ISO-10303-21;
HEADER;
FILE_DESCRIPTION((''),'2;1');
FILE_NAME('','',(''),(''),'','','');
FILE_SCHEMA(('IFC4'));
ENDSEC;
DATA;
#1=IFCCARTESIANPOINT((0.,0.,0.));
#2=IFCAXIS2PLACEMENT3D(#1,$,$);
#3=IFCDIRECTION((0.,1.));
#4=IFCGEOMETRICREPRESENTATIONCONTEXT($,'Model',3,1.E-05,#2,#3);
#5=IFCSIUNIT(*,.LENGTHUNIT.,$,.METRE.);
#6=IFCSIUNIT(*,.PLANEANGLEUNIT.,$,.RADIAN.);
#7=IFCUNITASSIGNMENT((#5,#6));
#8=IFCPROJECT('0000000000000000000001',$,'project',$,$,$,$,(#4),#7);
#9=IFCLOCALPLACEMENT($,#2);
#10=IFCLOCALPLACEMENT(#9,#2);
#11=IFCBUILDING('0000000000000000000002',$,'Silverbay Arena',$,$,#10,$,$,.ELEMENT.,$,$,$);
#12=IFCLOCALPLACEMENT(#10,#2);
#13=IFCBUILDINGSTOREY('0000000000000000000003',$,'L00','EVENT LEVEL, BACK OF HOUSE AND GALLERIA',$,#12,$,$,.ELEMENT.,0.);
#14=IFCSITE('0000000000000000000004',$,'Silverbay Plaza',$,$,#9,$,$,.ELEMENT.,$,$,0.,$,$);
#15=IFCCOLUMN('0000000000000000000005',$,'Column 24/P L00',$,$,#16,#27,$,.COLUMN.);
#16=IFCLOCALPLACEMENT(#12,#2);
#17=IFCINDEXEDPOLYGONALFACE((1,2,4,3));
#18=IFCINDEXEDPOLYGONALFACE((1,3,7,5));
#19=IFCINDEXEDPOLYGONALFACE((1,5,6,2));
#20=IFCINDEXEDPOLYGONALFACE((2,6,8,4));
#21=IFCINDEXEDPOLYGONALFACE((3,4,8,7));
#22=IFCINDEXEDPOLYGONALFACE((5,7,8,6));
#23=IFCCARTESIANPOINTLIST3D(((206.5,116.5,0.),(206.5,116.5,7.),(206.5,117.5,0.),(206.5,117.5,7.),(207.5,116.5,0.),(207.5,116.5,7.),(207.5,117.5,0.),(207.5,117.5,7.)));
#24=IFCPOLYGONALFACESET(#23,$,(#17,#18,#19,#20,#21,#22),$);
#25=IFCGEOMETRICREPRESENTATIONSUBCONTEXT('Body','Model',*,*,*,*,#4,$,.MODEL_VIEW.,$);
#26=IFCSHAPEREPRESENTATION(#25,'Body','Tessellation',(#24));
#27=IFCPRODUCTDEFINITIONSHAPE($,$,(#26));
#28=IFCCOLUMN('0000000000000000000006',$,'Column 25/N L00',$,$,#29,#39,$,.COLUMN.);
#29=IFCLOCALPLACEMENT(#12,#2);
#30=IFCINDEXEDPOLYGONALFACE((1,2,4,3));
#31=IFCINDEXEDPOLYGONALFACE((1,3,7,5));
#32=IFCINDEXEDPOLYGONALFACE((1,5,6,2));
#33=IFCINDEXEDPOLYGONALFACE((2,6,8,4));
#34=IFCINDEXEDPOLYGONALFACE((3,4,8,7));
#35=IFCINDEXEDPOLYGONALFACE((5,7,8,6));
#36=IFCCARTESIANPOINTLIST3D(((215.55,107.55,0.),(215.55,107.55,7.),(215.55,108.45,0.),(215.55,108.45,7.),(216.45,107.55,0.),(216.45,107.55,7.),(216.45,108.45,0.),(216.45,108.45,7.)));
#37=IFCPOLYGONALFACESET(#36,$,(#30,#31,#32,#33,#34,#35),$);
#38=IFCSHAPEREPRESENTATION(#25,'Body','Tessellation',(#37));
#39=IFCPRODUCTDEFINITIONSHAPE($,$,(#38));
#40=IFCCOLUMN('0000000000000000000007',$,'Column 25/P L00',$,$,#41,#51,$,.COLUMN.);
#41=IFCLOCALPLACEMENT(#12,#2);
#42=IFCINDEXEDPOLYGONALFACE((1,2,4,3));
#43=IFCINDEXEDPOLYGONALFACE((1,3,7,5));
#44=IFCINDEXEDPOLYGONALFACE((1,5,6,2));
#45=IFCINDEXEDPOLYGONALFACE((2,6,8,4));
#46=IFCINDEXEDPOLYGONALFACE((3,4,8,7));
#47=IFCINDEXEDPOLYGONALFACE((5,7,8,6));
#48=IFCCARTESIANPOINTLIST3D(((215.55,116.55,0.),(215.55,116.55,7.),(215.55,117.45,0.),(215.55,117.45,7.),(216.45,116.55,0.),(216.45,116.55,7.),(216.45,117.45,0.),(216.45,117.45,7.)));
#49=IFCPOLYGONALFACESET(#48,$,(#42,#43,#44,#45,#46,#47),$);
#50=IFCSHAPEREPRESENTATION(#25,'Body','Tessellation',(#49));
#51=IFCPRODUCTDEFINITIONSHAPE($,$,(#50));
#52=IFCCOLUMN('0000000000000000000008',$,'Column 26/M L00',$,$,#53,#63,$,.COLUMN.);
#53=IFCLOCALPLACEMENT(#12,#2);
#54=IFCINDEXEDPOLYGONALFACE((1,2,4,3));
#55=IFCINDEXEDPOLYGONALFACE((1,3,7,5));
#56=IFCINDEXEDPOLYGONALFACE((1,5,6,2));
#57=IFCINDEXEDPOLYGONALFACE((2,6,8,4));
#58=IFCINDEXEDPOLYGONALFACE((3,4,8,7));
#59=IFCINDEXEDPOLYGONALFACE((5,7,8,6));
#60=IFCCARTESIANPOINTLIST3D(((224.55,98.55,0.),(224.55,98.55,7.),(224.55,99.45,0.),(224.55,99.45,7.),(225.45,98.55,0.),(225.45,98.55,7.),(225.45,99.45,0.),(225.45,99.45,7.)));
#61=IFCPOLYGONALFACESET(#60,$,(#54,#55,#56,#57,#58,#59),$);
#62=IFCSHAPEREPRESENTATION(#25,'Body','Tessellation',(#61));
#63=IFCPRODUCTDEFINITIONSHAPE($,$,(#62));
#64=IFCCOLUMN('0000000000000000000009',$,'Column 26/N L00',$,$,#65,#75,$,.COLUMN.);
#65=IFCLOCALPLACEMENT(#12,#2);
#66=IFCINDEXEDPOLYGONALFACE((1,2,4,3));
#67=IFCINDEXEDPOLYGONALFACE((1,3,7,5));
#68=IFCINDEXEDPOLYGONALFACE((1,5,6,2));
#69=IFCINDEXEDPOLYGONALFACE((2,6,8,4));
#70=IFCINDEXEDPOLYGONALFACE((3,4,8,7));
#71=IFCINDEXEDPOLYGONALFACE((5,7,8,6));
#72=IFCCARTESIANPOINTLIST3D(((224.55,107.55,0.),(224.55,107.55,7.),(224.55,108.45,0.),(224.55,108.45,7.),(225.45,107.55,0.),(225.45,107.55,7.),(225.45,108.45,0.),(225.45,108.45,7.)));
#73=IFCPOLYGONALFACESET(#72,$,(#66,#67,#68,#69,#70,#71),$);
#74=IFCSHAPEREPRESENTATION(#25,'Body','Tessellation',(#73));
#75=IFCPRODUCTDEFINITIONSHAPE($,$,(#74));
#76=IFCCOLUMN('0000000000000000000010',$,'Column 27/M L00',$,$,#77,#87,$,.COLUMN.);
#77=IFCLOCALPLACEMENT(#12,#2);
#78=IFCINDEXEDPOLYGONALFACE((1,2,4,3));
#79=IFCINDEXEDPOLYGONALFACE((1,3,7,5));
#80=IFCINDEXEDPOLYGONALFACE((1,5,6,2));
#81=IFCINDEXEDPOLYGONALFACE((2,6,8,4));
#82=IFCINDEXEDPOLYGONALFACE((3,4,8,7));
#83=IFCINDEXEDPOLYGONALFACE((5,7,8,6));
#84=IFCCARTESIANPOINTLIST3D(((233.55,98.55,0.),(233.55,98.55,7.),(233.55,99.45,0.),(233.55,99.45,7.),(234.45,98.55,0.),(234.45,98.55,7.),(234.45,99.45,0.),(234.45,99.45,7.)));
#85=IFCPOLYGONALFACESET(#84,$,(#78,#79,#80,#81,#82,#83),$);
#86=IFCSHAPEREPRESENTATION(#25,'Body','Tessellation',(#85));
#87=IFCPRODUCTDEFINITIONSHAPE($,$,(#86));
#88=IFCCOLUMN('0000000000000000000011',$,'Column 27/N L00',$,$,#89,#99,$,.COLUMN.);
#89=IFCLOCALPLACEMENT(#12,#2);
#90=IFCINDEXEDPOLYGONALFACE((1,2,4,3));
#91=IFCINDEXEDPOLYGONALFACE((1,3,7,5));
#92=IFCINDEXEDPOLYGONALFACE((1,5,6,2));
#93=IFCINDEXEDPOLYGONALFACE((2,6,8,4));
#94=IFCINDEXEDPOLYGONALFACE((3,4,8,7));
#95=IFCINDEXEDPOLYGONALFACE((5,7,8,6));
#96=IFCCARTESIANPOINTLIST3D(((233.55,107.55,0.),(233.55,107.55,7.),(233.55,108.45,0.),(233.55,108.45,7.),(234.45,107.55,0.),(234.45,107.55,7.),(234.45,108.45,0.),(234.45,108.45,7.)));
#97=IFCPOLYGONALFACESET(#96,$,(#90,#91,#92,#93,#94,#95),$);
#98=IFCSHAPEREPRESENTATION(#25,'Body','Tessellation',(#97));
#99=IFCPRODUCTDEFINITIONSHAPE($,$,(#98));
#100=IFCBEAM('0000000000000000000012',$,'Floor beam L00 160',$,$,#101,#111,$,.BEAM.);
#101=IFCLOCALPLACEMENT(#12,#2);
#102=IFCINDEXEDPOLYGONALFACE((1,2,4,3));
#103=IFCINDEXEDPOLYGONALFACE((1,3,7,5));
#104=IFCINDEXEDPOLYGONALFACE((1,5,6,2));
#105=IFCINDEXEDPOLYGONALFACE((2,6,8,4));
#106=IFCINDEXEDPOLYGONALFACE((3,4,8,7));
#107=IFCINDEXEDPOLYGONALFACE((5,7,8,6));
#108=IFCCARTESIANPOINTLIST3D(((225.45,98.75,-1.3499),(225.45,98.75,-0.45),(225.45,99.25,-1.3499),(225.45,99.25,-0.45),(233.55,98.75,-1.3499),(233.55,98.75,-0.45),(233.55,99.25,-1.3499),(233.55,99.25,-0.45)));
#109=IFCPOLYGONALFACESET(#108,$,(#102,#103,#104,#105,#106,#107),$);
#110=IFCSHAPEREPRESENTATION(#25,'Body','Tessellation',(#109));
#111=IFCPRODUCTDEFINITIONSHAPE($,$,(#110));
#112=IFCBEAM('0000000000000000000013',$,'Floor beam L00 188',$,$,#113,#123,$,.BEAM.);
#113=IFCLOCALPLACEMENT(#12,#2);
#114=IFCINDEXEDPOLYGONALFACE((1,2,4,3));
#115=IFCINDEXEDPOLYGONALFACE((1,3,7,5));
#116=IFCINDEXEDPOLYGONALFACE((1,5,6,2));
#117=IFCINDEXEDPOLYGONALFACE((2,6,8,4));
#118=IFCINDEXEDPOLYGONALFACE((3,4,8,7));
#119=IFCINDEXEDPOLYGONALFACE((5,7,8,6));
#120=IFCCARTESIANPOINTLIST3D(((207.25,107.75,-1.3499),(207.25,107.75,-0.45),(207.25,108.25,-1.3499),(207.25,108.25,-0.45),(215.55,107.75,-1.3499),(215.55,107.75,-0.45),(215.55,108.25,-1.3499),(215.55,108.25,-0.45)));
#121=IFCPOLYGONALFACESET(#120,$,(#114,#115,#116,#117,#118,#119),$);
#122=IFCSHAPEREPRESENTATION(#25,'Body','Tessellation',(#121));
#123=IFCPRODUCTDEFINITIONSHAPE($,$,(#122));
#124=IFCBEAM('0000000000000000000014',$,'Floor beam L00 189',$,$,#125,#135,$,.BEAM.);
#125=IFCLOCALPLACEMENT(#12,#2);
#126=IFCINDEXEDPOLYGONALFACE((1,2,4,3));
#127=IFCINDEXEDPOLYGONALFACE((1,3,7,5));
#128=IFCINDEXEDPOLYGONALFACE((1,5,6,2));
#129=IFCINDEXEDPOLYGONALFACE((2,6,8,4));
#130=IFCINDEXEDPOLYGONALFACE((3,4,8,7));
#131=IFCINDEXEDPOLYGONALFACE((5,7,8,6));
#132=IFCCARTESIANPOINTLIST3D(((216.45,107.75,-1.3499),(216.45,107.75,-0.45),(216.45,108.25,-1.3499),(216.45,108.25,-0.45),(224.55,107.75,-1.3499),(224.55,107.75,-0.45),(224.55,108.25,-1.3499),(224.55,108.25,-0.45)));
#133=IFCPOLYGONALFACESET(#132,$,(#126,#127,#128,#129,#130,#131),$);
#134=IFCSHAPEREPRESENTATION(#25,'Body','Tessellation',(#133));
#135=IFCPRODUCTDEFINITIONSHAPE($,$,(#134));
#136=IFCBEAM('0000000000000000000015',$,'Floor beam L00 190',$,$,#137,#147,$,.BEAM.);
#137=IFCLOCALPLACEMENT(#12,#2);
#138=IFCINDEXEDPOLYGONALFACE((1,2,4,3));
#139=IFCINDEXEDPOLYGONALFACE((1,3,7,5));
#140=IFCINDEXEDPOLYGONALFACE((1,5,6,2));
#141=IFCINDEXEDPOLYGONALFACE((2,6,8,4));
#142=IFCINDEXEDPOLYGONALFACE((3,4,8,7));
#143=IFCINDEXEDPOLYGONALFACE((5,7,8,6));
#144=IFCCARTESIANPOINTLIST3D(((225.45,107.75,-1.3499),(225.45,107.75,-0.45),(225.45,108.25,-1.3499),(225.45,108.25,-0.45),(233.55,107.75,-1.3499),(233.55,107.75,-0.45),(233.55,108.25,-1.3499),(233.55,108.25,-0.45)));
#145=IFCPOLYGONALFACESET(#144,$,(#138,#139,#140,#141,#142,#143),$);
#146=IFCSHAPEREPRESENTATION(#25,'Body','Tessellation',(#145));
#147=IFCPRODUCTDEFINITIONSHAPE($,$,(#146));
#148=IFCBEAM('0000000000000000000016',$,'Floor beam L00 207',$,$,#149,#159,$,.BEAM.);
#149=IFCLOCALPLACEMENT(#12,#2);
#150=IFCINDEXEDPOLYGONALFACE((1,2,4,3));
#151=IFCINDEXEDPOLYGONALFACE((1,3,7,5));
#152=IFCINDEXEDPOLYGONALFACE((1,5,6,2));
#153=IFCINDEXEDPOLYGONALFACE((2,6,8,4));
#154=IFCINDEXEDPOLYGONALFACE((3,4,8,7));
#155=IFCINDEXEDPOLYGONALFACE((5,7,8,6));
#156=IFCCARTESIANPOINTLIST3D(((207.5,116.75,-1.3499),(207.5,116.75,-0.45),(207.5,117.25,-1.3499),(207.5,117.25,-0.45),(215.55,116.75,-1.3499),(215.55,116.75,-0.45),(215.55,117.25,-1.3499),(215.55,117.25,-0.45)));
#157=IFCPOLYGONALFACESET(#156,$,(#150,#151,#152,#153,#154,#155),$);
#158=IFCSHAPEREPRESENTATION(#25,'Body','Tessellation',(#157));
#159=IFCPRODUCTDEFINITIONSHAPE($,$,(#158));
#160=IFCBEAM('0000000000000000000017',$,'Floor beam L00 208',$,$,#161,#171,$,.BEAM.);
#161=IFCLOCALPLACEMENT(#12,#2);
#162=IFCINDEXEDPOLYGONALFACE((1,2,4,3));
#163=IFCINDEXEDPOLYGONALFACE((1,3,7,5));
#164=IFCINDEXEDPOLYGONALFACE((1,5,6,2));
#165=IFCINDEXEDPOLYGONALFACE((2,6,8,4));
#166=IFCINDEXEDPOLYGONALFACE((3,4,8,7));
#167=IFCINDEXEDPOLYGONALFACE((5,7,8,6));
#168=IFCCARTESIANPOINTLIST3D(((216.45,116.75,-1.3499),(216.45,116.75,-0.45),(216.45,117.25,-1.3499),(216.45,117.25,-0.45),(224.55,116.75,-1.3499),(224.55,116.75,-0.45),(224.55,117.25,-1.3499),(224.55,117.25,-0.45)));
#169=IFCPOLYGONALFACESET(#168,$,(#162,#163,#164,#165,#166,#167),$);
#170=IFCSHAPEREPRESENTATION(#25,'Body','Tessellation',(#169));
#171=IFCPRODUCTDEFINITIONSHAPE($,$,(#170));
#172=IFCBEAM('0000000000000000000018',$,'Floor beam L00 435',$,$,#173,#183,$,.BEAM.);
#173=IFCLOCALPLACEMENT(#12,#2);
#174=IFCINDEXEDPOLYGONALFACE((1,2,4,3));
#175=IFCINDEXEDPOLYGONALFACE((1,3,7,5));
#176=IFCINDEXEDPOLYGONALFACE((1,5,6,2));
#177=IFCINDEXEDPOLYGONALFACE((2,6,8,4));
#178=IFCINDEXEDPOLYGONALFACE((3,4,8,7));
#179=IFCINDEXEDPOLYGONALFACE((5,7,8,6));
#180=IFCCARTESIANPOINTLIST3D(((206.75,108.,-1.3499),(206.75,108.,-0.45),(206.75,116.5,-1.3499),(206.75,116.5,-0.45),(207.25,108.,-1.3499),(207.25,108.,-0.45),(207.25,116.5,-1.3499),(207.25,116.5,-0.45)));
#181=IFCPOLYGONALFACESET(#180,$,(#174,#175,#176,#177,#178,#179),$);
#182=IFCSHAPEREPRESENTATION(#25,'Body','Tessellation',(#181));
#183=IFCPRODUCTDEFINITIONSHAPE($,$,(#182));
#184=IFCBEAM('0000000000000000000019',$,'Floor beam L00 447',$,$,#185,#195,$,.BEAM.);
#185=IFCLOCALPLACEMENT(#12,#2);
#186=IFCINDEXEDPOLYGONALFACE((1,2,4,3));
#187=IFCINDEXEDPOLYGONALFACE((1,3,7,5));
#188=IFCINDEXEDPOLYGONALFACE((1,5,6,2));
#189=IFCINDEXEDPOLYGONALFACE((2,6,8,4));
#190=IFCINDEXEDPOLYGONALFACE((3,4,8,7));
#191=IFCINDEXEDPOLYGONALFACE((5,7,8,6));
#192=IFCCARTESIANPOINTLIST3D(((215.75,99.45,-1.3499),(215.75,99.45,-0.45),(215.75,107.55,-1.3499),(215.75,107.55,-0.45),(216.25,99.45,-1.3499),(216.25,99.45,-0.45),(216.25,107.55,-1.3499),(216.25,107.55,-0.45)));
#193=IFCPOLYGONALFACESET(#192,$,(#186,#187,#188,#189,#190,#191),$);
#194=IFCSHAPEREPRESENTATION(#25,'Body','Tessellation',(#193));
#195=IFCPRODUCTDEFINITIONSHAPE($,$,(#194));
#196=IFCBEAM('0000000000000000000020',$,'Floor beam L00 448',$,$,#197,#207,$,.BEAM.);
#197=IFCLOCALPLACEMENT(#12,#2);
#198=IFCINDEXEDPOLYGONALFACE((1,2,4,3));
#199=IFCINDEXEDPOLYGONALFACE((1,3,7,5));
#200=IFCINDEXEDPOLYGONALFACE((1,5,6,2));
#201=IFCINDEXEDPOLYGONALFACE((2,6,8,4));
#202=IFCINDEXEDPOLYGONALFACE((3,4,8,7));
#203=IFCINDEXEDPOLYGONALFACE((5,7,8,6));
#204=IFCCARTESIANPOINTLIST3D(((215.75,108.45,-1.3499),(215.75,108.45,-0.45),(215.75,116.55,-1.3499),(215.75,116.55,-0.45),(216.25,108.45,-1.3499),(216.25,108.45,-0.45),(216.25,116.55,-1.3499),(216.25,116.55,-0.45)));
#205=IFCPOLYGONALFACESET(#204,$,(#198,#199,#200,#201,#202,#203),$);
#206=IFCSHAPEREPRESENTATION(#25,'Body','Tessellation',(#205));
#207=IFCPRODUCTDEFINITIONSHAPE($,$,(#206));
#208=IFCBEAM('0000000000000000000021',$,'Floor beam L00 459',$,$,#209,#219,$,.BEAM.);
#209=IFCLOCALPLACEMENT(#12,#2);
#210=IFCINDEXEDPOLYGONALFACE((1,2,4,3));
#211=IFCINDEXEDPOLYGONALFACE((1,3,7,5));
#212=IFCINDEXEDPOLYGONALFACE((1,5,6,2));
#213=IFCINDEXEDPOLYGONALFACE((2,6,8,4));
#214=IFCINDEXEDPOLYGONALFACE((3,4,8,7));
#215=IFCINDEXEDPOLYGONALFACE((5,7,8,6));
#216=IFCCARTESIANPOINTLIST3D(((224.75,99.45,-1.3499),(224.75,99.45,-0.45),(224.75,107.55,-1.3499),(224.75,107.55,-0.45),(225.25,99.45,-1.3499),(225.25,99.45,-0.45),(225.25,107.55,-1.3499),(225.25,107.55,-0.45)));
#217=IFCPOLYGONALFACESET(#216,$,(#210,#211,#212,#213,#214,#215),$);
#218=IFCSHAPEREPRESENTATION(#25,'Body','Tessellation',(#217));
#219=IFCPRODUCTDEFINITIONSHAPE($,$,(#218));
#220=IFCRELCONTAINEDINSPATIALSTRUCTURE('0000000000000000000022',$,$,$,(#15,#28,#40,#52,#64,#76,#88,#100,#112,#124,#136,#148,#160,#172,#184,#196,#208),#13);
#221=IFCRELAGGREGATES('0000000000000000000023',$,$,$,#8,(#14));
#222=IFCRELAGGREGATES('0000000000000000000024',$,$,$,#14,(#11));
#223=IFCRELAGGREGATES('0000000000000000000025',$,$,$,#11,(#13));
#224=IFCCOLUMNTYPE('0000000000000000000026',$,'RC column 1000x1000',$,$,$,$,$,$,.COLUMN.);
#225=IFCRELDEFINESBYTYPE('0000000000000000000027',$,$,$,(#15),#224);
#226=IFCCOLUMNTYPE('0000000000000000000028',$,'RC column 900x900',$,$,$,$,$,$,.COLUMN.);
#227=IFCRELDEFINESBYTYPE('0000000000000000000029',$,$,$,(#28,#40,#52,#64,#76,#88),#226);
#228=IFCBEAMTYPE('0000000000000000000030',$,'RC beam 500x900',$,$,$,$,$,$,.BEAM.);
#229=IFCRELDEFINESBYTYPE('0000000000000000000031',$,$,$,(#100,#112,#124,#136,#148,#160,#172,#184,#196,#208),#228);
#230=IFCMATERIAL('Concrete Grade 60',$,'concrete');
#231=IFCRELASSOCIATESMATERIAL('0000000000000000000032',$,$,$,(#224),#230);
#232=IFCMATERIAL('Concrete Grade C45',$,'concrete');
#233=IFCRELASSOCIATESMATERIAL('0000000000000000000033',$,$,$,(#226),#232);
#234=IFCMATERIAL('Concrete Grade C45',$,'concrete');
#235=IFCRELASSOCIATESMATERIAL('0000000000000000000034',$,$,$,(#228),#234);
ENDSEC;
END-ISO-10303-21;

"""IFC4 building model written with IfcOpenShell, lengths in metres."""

from ifc_helpers import new_model, si_unit, direction, frame, origin, origin_2d, place, context, subcontext, project, spatial, rectangle, extrude, material, material_profile, profile_set, type_object, element, save


model = new_model("IFC4")

# Units and contexts
model_context = context("Model", 3, precision=1e-05, world=origin(), true_north=direction((0.0, 1.0)))
body_context = subcontext(model_context, "Body", "Model", "MODEL_VIEW")
ifc_project = project(units=[si_unit("LENGTHUNIT", "METRE"), si_unit("PLANEANGLEUNIT", "RADIAN")], contexts=[model_context])

# Site, building, storey
site_placement = place(None, origin())
site = spatial("IfcSite", under=ifc_project, at=site_placement, Name="Silverbay Plaza", CompositionType="ELEMENT", RefElevation=0.0)
building_placement = place(site_placement, origin())
building = spatial("IfcBuilding", under=site, at=building_placement, Name="Silverbay Arena", CompositionType="ELEMENT")
storey_placement = place(building_placement, origin())
storey = spatial("IfcBuildingStorey", under=building, at=storey_placement, Name="L00", Description="EVENT LEVEL, BACK OF HOUSE AND GALLERIA", CompositionType="ELEMENT", Elevation=0.0)

# Columns
ifc_material_1 = material(Name="Concrete Grade 60", Category="concrete")
ifc_material_profile_1 = material_profile(ifc_material_1, rectangle(XDim=1.0, YDim=1.0, at=origin_2d()), Name="RC 1000x1000")
ifc_profile_set_1 = profile_set([ifc_material_profile_1], Name="Concrete Grade 60")
column_type_1 = type_object("IfcColumnType", Name="RC column 1000x1000", PredefinedType="COLUMN", material=ifc_profile_set_1)
column_placement = place(storey_placement, frame((207.0, 117.0, 0.0), z_axis=(0.0, 0.0, 1.0), x_axis=(1.0, 0.0, 0.0)))
element("IfcColumn", 1, at=column_placement, inside=storey, type_object=column_type_1, Name="Column 24/P L00", PredefinedType="COLUMN", context=body_context, shape_type="SweptSolid", body=[
    extrude(rectangle(XDim=1.0, YDim=1.0, at=origin_2d()), origin(), (0.0, 0.0, 1.0), 7.0),
])
ifc_material_2 = material(Name="Concrete Grade C45", Category="concrete")
ifc_material_profile_2 = material_profile(ifc_material_2, rectangle(XDim=0.8999, YDim=0.8999, at=origin_2d()), Name="RC 900x900")
ifc_profile_set_2 = profile_set([ifc_material_profile_2], Name="Concrete Grade C45")
column_type_2 = type_object("IfcColumnType", Name="RC column 900x900", PredefinedType="COLUMN", material=ifc_profile_set_2)
for number, where, z_axis, x_axis, name in (
    (2, (216.0, 108.0, 0.0), (0.0, 0.0, 1.0), (1.0, 0.0, 0.0), "Column 25/N L00"),
    (3, (216.0, 117.0, 0.0), (0.0, 0.0, 1.0), (1.0, 0.0, 0.0), "Column 25/P L00"),
    (4, (225.0, 99.0, 0.0), (0.0, 0.0, 1.0), (1.0, 0.0, 0.0), "Column 26/M L00"),
    (5, (225.0, 108.0, 0.0), (0.0, 0.0, 1.0), (1.0, 0.0, 0.0), "Column 26/N L00"),
    (6, (234.0, 99.0, 0.0), (0.0, 0.0, 1.0), (1.0, 0.0, 0.0), "Column 27/M L00"),
    (7, (234.0, 108.0, 0.0), (0.0, 0.0, 1.0), (1.0, 0.0, 0.0), "Column 27/N L00"),
):
    element("IfcColumn", number, at=place(storey_placement, frame(where, z_axis=z_axis, x_axis=x_axis)), inside=storey, type_object=column_type_2, Name=name, PredefinedType="COLUMN", context=body_context, shape_type="SweptSolid", body=[
        extrude(rectangle(XDim=0.8999, YDim=0.8999, at=origin_2d()), origin(), (0.0, 0.0, 1.0), 7.0),
    ])

# Beams
ifc_material_3 = material(Name="Concrete Grade C45", Category="concrete")
ifc_material_profile_3 = material_profile(ifc_material_3, rectangle(XDim=0.5, YDim=0.8999, at=origin_2d()), Name="RC 500x900")
ifc_profile_set_3 = profile_set([ifc_material_profile_3], Name="Concrete Grade C45")
beam_type = type_object("IfcBeamType", Name="RC beam 500x900", PredefinedType="BEAM", material=ifc_profile_set_3)
beam_1_placement = place(storey_placement, frame((225.45, 99.0, -0.8999), z_axis=(1.0, 0.0, 0.0), x_axis=(0.0, 1.0, 0.0)))
element("IfcBeam", 8, at=beam_1_placement, inside=storey, type_object=beam_type, Name="Floor beam L00 160", PredefinedType="BEAM", context=body_context, shape_type="SweptSolid", body=[
    extrude(rectangle(XDim=0.5, YDim=0.8999, at=origin_2d()), origin(), (0.0, 0.0, 1.0), 8.1001),
])
beam_2_placement = place(storey_placement, frame((207.25, 108.0, -0.8999), z_axis=(1.0, 0.0, 0.0), x_axis=(0.0, 1.0, 0.0)))
element("IfcBeam", 9, at=beam_2_placement, inside=storey, type_object=beam_type, Name="Floor beam L00 188", PredefinedType="BEAM", context=body_context, shape_type="SweptSolid", body=[
    extrude(rectangle(XDim=0.5, YDim=0.8999, at=origin_2d()), origin(), (0.0, 0.0, 1.0), 8.3),
])
for number, where, z_axis, x_axis, name in (
    (10, (216.45, 108.0, -0.8999), (1.0, 0.0, 0.0), (0.0, 1.0, 0.0), "Floor beam L00 189"),
    (11, (225.45, 108.0, -0.8999), (1.0, 0.0, 0.0), (0.0, 1.0, 0.0), "Floor beam L00 190"),
):
    element("IfcBeam", number, at=place(storey_placement, frame(where, z_axis=z_axis, x_axis=x_axis)), inside=storey, type_object=beam_type, Name=name, PredefinedType="BEAM", context=body_context, shape_type="SweptSolid", body=[
        extrude(rectangle(XDim=0.5, YDim=0.8999, at=origin_2d()), origin(), (0.0, 0.0, 1.0), 8.1001),
    ])
beam_3_placement = place(storey_placement, frame((207.5, 117.0, -0.8999), z_axis=(1.0, 0.0, 0.0), x_axis=(0.0, 1.0, 0.0)))
element("IfcBeam", 12, at=beam_3_placement, inside=storey, type_object=beam_type, Name="Floor beam L00 207", PredefinedType="BEAM", context=body_context, shape_type="SweptSolid", body=[
    extrude(rectangle(XDim=0.5, YDim=0.8999, at=origin_2d()), origin(), (0.0, 0.0, 1.0), 8.05),
])
beam_4_placement = place(storey_placement, frame((216.45, 117.0, -0.8999), z_axis=(1.0, 0.0, 0.0), x_axis=(0.0, 1.0, 0.0)))
element("IfcBeam", 13, at=beam_4_placement, inside=storey, type_object=beam_type, Name="Floor beam L00 208", PredefinedType="BEAM", context=body_context, shape_type="SweptSolid", body=[
    extrude(rectangle(XDim=0.5, YDim=0.8999, at=origin_2d()), origin(), (0.0, 0.0, 1.0), 8.1001),
])
beam_5_placement = place(storey_placement, frame((207.0, 108.0, -0.8999), z_axis=(0.0, 1.0, 0.0), x_axis=(-1.0, 0.0, 0.0)))
element("IfcBeam", 14, at=beam_5_placement, inside=storey, type_object=beam_type, Name="Floor beam L00 435", PredefinedType="BEAM", context=body_context, shape_type="SweptSolid", body=[
    extrude(rectangle(XDim=0.5, YDim=0.8999, at=origin_2d()), origin(), (0.0, 0.0, 1.0), 8.5),
])
for number, where, z_axis, x_axis, name in (
    (15, (216.0, 99.45, -0.8999), (0.0, 1.0, 0.0), (-1.0, 0.0, 0.0), "Floor beam L00 447"),
    (16, (216.0, 108.45, -0.8999), (0.0, 1.0, 0.0), (-1.0, 0.0, 0.0), "Floor beam L00 448"),
    (17, (225.0, 99.45, -0.8999), (0.0, 1.0, 0.0), (-1.0, 0.0, 0.0), "Floor beam L00 459"),
):
    element("IfcBeam", number, at=place(storey_placement, frame(where, z_axis=z_axis, x_axis=x_axis)), inside=storey, type_object=beam_type, Name=name, PredefinedType="BEAM", context=body_context, shape_type="SweptSolid", body=[
        extrude(rectangle(XDim=0.5, YDim=0.8999, at=origin_2d()), origin(), (0.0, 0.0, 1.0), 8.1001),
    ])

save(model, "model.ifc")
